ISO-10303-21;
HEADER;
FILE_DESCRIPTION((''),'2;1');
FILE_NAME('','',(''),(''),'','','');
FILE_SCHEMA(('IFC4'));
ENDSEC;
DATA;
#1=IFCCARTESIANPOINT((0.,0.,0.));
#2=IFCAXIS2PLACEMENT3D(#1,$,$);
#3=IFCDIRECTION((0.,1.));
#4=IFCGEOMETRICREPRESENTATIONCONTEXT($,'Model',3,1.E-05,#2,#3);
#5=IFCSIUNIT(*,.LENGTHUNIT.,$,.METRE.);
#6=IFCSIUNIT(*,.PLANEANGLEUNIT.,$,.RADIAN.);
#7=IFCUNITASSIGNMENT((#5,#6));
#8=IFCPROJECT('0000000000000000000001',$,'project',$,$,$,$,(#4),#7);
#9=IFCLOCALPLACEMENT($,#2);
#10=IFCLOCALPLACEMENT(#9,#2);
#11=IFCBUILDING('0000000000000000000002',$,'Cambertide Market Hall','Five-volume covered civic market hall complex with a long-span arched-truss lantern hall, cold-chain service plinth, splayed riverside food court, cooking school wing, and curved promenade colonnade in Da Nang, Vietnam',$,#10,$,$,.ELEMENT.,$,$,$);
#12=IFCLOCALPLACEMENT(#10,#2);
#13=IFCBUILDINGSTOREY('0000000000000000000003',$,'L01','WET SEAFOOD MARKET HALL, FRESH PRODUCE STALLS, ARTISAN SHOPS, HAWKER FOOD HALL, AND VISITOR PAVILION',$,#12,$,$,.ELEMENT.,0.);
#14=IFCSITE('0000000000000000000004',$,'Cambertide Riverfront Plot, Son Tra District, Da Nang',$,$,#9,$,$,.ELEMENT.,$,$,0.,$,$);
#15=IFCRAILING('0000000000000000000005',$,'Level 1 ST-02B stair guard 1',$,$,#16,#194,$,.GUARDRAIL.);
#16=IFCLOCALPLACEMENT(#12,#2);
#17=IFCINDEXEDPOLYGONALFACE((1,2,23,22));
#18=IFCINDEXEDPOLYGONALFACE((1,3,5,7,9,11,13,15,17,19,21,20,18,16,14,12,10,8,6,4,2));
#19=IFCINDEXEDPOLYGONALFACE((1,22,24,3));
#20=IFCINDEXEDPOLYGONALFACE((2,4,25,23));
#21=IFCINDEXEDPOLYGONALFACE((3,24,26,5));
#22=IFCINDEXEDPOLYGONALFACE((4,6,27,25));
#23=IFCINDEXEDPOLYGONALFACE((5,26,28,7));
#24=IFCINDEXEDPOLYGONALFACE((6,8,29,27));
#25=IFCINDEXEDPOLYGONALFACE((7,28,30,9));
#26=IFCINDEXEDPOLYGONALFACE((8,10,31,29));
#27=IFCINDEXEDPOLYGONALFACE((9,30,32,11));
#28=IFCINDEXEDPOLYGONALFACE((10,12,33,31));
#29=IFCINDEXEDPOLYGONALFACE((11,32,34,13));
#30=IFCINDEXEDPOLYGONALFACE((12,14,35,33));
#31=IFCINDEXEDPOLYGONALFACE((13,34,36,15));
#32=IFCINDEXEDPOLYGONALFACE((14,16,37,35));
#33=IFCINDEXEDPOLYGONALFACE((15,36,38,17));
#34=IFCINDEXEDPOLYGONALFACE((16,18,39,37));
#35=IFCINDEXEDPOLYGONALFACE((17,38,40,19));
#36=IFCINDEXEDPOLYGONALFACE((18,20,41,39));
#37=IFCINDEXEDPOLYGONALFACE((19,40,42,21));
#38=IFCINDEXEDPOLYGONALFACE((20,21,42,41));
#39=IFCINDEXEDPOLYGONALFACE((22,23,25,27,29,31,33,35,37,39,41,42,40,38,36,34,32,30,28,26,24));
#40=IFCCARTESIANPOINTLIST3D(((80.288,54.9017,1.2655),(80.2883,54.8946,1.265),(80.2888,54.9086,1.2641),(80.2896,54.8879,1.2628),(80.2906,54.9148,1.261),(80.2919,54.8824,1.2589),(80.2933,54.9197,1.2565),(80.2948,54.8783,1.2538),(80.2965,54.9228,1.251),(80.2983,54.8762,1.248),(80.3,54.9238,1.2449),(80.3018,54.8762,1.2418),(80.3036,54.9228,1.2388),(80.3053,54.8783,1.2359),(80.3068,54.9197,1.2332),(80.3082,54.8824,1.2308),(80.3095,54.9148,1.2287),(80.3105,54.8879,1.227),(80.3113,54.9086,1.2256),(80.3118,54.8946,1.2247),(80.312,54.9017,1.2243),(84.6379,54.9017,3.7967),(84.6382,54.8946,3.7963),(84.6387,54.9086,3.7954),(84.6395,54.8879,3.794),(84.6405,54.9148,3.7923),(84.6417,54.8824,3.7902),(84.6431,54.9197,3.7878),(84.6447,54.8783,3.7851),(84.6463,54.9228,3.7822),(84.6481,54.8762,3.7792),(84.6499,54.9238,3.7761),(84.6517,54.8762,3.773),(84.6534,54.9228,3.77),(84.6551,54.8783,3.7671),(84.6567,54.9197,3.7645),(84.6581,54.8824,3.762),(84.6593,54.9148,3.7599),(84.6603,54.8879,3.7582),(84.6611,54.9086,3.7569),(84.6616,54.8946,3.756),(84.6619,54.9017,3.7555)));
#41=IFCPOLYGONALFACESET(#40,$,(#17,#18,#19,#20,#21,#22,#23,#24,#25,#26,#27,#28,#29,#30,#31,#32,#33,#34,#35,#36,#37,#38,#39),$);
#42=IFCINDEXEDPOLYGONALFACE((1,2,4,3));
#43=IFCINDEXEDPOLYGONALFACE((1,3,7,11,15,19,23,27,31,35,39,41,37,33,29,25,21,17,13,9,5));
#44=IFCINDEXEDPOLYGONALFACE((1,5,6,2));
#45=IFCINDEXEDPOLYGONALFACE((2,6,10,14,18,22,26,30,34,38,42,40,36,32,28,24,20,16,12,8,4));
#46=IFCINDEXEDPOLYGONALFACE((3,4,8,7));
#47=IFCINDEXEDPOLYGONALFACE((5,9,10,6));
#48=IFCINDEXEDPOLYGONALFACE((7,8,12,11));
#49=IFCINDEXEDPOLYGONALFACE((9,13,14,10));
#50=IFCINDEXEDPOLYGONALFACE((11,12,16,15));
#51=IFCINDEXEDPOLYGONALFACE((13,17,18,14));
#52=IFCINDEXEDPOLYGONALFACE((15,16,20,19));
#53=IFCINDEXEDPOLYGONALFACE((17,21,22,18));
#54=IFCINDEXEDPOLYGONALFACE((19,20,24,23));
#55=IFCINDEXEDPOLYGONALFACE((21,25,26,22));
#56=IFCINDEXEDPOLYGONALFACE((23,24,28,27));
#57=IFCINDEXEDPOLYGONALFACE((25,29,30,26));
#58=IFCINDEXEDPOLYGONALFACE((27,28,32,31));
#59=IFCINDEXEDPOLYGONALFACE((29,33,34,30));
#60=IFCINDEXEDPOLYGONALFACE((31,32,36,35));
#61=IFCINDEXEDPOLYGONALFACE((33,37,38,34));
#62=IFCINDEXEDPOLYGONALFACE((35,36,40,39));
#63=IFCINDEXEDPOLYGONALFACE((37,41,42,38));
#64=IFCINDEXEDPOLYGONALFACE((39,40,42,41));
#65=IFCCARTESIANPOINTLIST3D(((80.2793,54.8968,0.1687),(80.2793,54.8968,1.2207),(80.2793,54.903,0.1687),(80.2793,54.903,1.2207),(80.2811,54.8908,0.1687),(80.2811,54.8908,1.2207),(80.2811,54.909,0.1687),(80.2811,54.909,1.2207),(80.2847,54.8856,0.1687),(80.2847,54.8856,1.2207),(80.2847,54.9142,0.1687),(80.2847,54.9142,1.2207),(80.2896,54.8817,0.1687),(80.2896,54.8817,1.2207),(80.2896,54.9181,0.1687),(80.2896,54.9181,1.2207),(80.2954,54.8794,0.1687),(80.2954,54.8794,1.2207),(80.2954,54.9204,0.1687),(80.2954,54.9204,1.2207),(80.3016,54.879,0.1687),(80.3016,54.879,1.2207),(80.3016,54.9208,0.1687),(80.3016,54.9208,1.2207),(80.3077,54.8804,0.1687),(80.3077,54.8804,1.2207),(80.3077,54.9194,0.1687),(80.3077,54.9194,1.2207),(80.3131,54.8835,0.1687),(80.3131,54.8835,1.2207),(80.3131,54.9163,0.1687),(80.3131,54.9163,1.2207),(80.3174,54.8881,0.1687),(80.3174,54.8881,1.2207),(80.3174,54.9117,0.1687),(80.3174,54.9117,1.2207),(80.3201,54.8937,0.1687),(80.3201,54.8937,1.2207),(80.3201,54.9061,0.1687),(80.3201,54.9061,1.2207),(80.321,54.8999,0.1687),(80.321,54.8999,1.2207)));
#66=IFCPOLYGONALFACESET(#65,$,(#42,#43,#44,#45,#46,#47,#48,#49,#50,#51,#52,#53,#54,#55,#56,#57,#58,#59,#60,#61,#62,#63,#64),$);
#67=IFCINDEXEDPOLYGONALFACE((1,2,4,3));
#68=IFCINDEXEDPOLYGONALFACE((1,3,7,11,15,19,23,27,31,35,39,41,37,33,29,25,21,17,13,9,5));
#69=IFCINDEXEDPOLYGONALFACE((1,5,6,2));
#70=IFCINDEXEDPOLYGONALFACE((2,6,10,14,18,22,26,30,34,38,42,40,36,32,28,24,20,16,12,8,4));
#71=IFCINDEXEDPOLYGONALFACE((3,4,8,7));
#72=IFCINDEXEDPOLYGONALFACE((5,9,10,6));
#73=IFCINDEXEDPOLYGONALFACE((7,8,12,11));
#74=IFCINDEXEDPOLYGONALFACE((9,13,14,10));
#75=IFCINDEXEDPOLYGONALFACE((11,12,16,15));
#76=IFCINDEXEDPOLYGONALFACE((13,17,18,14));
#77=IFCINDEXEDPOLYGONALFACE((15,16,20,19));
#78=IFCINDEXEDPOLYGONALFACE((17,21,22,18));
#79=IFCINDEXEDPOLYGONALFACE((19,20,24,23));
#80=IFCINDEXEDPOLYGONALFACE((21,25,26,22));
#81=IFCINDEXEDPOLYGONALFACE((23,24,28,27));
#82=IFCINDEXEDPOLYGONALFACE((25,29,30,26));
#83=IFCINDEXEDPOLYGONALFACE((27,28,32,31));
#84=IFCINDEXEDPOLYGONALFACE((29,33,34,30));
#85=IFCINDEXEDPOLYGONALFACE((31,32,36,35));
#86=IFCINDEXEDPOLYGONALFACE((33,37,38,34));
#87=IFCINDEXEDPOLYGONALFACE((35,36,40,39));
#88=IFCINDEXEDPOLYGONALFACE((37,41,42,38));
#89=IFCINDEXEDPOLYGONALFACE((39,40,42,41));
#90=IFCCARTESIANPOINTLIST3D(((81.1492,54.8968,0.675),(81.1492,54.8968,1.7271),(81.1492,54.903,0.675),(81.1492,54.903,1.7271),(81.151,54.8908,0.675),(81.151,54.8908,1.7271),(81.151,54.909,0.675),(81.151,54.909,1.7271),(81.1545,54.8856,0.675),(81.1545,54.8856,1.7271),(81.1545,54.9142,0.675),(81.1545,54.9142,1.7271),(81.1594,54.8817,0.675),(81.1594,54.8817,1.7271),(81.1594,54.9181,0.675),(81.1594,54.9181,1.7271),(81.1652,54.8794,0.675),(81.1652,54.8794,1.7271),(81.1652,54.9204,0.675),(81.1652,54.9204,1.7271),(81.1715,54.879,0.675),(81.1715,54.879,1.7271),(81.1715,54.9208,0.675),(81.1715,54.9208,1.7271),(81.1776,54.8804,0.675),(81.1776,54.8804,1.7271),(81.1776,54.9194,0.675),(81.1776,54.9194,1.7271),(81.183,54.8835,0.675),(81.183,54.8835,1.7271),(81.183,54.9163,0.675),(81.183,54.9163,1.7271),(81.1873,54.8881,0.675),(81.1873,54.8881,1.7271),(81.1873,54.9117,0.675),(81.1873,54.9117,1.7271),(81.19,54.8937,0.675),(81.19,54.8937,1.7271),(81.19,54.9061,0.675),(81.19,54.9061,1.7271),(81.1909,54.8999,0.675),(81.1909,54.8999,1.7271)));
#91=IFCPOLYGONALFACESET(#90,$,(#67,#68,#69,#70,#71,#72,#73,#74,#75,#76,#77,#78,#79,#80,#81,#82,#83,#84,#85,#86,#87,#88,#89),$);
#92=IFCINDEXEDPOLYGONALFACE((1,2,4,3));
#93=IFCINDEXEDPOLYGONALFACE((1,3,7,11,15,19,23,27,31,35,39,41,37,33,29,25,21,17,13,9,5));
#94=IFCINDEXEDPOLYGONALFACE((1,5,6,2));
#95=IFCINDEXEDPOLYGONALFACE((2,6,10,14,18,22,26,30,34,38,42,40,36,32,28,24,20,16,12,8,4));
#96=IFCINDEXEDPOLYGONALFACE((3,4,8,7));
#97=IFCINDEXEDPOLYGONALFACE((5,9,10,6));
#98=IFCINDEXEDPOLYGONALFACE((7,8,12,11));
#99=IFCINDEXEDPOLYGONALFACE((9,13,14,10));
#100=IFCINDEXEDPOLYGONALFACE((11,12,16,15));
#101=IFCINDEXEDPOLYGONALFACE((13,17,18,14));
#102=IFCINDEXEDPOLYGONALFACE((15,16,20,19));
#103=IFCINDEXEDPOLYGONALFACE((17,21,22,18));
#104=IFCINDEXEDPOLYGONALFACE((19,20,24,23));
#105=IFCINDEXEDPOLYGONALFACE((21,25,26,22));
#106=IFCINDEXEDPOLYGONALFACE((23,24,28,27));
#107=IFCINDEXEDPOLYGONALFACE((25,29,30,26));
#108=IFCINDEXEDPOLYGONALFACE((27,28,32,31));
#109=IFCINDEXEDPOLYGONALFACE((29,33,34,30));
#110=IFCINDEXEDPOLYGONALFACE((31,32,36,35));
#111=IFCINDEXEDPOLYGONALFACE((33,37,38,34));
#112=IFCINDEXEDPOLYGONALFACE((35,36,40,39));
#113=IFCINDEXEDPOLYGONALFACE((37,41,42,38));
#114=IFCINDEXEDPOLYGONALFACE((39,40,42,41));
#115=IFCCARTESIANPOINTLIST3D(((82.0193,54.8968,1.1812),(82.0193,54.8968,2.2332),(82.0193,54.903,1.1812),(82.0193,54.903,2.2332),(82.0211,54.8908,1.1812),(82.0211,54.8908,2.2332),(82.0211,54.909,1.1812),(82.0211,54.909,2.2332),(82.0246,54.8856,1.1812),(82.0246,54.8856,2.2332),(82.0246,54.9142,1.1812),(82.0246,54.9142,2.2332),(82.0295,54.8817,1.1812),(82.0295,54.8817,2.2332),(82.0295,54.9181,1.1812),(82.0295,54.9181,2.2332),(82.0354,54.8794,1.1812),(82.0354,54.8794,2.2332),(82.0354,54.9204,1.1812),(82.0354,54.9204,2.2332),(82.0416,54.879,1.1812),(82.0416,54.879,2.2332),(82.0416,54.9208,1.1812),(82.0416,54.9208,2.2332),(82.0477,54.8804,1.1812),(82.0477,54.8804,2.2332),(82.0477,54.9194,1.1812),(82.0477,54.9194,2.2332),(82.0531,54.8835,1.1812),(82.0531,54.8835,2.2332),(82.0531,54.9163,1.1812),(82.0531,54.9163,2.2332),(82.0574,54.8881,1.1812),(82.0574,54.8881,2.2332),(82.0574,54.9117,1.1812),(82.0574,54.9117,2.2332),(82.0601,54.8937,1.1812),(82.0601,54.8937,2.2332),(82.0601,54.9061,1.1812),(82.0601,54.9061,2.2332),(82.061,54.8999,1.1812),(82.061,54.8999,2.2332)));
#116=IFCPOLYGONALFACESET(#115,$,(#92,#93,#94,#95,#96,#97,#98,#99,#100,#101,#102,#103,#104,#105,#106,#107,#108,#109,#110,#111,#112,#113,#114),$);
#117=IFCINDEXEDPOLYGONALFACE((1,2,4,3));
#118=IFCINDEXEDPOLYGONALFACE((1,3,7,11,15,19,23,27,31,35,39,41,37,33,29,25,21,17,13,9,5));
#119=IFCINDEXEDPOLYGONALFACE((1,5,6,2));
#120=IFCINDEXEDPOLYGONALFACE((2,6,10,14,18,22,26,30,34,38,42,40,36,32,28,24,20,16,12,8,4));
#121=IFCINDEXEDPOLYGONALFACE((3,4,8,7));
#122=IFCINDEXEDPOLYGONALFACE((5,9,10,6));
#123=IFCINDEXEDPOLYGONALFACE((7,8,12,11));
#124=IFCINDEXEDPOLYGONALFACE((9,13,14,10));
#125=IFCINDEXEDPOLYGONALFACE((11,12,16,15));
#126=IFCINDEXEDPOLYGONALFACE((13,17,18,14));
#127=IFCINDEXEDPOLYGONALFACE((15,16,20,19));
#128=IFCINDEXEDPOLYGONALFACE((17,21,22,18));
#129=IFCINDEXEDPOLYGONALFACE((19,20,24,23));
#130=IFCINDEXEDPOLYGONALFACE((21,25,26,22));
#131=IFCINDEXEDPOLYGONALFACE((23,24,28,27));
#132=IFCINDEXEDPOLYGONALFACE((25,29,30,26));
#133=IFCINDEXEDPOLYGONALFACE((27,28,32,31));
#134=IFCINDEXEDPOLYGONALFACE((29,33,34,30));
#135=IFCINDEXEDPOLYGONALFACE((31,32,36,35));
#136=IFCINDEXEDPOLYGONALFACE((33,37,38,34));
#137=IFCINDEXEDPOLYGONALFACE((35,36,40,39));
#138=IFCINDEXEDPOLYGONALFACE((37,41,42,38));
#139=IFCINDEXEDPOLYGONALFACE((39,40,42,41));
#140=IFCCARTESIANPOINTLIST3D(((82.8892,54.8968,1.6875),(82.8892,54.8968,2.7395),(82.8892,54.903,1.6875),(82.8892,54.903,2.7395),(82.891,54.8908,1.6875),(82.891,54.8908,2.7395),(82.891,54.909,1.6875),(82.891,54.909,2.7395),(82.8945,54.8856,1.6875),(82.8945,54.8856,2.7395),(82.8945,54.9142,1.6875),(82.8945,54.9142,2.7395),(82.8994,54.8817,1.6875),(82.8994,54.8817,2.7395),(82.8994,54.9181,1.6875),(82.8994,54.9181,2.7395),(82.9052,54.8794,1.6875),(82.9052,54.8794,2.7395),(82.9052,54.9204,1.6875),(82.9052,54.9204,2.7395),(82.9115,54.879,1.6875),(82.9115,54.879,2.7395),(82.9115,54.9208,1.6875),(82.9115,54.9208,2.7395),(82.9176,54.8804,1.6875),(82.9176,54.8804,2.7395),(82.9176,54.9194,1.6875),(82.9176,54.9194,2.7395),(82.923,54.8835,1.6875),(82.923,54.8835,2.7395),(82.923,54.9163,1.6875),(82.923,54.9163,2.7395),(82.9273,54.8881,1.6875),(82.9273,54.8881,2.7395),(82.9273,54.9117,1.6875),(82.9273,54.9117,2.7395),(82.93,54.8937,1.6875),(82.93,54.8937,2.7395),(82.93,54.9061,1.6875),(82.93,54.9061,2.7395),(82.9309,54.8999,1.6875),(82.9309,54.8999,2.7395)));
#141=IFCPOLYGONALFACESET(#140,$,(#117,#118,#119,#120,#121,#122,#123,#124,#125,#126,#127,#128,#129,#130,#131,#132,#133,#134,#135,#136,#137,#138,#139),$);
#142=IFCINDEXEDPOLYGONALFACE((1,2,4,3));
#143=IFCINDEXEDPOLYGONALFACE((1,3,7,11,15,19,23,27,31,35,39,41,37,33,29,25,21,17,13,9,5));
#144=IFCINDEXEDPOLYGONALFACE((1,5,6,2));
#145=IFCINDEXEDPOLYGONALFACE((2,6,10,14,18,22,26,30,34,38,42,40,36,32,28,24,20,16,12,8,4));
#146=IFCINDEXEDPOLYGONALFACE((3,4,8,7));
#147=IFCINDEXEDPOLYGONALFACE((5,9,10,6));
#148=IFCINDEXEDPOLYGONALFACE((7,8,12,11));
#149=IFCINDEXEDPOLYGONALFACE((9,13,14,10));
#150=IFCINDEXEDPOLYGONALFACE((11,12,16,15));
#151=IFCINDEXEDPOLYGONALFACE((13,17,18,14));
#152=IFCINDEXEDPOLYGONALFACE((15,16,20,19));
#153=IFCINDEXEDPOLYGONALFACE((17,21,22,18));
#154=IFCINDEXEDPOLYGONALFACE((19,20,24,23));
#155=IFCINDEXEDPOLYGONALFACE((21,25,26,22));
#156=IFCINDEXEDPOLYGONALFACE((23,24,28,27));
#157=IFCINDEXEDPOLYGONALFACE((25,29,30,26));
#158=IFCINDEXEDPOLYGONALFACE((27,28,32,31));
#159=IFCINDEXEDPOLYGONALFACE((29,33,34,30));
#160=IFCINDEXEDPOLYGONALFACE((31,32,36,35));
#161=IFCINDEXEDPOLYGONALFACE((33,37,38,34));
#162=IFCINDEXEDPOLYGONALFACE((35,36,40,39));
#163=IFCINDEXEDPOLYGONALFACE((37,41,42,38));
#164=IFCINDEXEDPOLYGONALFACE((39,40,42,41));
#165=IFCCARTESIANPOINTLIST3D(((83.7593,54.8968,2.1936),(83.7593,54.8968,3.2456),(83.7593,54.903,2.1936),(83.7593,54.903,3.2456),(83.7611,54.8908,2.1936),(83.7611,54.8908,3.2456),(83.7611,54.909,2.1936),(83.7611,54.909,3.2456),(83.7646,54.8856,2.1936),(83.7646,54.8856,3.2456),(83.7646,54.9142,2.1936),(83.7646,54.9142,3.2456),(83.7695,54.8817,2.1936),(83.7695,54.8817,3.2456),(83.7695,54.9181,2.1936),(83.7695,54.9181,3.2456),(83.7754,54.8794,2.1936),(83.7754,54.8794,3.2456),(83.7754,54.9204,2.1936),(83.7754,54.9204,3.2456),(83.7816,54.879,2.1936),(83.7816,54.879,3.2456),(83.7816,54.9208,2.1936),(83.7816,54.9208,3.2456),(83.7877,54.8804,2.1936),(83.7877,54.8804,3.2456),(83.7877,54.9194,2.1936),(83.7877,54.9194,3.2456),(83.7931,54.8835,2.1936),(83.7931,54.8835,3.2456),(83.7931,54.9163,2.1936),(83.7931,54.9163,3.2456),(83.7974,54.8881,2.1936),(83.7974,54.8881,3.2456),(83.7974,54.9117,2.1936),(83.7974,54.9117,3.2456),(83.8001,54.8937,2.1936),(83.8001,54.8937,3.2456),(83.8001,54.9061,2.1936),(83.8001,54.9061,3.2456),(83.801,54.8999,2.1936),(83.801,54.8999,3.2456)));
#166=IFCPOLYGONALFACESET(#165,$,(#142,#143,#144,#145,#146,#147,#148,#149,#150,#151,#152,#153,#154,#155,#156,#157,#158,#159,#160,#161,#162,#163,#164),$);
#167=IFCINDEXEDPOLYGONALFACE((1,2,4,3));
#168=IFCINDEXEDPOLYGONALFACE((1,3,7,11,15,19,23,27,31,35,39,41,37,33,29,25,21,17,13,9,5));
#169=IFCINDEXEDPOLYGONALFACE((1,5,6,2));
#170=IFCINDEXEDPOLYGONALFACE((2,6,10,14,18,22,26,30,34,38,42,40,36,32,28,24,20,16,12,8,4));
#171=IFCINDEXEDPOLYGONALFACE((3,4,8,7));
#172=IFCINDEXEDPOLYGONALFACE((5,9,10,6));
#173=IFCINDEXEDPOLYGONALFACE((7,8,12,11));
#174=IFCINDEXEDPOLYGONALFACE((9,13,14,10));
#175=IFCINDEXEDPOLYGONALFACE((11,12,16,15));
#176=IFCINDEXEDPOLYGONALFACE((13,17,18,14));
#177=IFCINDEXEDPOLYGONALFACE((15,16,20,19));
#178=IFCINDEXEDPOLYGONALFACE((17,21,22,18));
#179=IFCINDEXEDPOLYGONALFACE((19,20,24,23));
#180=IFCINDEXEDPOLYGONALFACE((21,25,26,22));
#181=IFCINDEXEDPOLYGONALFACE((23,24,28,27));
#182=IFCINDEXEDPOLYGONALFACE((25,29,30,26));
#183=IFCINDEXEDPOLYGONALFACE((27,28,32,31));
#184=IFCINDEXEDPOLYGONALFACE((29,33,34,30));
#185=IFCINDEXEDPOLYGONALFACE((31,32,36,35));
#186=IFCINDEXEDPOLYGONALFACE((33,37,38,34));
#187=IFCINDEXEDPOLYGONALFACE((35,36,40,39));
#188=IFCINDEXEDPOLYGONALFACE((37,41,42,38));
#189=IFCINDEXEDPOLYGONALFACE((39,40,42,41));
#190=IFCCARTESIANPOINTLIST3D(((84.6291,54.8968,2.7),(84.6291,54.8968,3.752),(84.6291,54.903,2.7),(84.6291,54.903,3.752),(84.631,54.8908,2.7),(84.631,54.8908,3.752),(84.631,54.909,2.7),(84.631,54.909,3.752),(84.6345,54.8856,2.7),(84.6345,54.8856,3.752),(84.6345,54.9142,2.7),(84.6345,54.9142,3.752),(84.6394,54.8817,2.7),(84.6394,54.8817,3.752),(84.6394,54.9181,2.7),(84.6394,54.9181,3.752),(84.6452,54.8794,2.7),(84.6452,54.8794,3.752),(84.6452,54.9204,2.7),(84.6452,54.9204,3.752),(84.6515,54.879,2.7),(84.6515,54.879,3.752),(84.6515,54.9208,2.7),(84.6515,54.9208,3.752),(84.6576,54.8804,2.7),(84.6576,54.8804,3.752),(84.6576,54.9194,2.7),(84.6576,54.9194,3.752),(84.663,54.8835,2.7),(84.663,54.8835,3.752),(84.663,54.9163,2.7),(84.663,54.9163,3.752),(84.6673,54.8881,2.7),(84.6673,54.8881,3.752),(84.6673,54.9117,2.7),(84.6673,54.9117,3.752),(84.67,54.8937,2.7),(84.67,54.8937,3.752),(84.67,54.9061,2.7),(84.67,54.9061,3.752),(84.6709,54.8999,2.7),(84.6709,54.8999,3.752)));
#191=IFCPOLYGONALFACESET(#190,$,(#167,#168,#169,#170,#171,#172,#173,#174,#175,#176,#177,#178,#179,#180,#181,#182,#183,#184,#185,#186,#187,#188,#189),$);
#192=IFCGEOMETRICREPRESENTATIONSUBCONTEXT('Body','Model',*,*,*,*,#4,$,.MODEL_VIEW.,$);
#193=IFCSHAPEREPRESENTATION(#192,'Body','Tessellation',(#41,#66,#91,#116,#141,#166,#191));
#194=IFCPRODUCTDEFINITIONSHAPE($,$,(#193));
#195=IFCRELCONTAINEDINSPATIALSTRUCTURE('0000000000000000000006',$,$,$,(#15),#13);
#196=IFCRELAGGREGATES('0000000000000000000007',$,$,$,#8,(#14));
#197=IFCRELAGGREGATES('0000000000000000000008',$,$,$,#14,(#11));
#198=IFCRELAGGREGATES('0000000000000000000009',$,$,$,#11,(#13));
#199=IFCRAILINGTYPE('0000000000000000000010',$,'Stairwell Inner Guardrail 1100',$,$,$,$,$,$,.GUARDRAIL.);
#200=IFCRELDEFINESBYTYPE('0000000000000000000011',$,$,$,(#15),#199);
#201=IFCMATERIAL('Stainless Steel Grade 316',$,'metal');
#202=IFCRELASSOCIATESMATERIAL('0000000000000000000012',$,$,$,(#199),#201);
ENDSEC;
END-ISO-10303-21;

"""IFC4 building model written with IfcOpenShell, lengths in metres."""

from ifc_helpers import new_model, si_unit, direction, frame, origin, origin_2d, place, context, subcontext, project, spatial, circle, extrude, material, type_object, element, save


model = new_model("IFC4")

# Units and contexts
model_context = context("Model", 3, precision=1e-05, world=origin(), true_north=direction((0.0, 1.0)))
body_context = subcontext(model_context, "Body", "Model", "MODEL_VIEW")
ifc_project = project(units=[si_unit("LENGTHUNIT", "METRE"), si_unit("PLANEANGLEUNIT", "RADIAN")], contexts=[model_context])

# Site, building, storey
site_placement = place(None, origin())
site = spatial("IfcSite", under=ifc_project, at=site_placement, Name="Cambertide Riverfront Plot, Son Tra District, Da Nang", CompositionType="ELEMENT", RefElevation=0.0)
building_placement = place(site_placement, origin())
building = spatial("IfcBuilding", under=site, at=building_placement, Name="Cambertide Market Hall", Description="Five-volume covered civic market hall complex with a long-span arched-truss lantern hall, cold-chain service plinth, splayed riverside food court, cooking school wing, and curved promenade colonnade in Da Nang, Vietnam", CompositionType="ELEMENT")
storey_placement = place(building_placement, origin())
storey = spatial("IfcBuildingStorey", under=building, at=storey_placement, Name="L01", Description="WET SEAFOOD MARKET HALL, FRESH PRODUCE STALLS, ARTISAN SHOPS, HAWKER FOOD HALL, AND VISITOR PAVILION", CompositionType="ELEMENT", Elevation=0.0)

# Railing
ifc_material_1 = material(Name="Stainless Steel Grade 316", Category="metal")
railing_type_1 = type_object("IfcRailingType", Name="Stairwell Inner Guardrail 1100", PredefinedType="GUARDRAIL", material=ifc_material_1)
railing_1_placement = place(storey_placement, frame((80.3, 54.8999, 0.1687)))
element("IfcRailing", 1, at=railing_1_placement, inside=storey, type_object=railing_type_1, Name="Level 1 ST-02B stair guard 1", PredefinedType="GUARDRAIL", context=body_context, shape_type="SweptSolid", body=[
    extrude(circle(Radius=0.0239, at=origin_2d()), frame((0.0, 0.0, 1.0762), z_axis=(0.864312, 0.0, 0.502957), x_axis=(0.0, 1.0, 0.0)), (0.0, 0.0, 1.0), 5.0327),
    extrude(circle(Radius=0.021, at=origin_2d()), origin(), (0.0, 0.0, 1.0), 1.052),
    extrude(circle(Radius=0.021, at=origin_2d()), frame((0.8699, 0.0, 0.5063)), (0.0, 0.0, 1.0), 1.052),
    extrude(circle(Radius=0.021, at=origin_2d()), frame((1.74, 0.0, 1.0125)), (0.0, 0.0, 1.0), 1.052),
    extrude(circle(Radius=0.021, at=origin_2d()), frame((2.6099, 0.0, 1.5188)), (0.0, 0.0, 1.0), 1.052),
    extrude(circle(Radius=0.021, at=origin_2d()), frame((3.48, 0.0, 2.0249)), (0.0, 0.0, 1.0), 1.052),
    extrude(circle(Radius=0.021, at=origin_2d()), frame((4.3499, 0.0, 2.5312)), (0.0, 0.0, 1.0), 1.052),
])

save(model, "model.ifc")
